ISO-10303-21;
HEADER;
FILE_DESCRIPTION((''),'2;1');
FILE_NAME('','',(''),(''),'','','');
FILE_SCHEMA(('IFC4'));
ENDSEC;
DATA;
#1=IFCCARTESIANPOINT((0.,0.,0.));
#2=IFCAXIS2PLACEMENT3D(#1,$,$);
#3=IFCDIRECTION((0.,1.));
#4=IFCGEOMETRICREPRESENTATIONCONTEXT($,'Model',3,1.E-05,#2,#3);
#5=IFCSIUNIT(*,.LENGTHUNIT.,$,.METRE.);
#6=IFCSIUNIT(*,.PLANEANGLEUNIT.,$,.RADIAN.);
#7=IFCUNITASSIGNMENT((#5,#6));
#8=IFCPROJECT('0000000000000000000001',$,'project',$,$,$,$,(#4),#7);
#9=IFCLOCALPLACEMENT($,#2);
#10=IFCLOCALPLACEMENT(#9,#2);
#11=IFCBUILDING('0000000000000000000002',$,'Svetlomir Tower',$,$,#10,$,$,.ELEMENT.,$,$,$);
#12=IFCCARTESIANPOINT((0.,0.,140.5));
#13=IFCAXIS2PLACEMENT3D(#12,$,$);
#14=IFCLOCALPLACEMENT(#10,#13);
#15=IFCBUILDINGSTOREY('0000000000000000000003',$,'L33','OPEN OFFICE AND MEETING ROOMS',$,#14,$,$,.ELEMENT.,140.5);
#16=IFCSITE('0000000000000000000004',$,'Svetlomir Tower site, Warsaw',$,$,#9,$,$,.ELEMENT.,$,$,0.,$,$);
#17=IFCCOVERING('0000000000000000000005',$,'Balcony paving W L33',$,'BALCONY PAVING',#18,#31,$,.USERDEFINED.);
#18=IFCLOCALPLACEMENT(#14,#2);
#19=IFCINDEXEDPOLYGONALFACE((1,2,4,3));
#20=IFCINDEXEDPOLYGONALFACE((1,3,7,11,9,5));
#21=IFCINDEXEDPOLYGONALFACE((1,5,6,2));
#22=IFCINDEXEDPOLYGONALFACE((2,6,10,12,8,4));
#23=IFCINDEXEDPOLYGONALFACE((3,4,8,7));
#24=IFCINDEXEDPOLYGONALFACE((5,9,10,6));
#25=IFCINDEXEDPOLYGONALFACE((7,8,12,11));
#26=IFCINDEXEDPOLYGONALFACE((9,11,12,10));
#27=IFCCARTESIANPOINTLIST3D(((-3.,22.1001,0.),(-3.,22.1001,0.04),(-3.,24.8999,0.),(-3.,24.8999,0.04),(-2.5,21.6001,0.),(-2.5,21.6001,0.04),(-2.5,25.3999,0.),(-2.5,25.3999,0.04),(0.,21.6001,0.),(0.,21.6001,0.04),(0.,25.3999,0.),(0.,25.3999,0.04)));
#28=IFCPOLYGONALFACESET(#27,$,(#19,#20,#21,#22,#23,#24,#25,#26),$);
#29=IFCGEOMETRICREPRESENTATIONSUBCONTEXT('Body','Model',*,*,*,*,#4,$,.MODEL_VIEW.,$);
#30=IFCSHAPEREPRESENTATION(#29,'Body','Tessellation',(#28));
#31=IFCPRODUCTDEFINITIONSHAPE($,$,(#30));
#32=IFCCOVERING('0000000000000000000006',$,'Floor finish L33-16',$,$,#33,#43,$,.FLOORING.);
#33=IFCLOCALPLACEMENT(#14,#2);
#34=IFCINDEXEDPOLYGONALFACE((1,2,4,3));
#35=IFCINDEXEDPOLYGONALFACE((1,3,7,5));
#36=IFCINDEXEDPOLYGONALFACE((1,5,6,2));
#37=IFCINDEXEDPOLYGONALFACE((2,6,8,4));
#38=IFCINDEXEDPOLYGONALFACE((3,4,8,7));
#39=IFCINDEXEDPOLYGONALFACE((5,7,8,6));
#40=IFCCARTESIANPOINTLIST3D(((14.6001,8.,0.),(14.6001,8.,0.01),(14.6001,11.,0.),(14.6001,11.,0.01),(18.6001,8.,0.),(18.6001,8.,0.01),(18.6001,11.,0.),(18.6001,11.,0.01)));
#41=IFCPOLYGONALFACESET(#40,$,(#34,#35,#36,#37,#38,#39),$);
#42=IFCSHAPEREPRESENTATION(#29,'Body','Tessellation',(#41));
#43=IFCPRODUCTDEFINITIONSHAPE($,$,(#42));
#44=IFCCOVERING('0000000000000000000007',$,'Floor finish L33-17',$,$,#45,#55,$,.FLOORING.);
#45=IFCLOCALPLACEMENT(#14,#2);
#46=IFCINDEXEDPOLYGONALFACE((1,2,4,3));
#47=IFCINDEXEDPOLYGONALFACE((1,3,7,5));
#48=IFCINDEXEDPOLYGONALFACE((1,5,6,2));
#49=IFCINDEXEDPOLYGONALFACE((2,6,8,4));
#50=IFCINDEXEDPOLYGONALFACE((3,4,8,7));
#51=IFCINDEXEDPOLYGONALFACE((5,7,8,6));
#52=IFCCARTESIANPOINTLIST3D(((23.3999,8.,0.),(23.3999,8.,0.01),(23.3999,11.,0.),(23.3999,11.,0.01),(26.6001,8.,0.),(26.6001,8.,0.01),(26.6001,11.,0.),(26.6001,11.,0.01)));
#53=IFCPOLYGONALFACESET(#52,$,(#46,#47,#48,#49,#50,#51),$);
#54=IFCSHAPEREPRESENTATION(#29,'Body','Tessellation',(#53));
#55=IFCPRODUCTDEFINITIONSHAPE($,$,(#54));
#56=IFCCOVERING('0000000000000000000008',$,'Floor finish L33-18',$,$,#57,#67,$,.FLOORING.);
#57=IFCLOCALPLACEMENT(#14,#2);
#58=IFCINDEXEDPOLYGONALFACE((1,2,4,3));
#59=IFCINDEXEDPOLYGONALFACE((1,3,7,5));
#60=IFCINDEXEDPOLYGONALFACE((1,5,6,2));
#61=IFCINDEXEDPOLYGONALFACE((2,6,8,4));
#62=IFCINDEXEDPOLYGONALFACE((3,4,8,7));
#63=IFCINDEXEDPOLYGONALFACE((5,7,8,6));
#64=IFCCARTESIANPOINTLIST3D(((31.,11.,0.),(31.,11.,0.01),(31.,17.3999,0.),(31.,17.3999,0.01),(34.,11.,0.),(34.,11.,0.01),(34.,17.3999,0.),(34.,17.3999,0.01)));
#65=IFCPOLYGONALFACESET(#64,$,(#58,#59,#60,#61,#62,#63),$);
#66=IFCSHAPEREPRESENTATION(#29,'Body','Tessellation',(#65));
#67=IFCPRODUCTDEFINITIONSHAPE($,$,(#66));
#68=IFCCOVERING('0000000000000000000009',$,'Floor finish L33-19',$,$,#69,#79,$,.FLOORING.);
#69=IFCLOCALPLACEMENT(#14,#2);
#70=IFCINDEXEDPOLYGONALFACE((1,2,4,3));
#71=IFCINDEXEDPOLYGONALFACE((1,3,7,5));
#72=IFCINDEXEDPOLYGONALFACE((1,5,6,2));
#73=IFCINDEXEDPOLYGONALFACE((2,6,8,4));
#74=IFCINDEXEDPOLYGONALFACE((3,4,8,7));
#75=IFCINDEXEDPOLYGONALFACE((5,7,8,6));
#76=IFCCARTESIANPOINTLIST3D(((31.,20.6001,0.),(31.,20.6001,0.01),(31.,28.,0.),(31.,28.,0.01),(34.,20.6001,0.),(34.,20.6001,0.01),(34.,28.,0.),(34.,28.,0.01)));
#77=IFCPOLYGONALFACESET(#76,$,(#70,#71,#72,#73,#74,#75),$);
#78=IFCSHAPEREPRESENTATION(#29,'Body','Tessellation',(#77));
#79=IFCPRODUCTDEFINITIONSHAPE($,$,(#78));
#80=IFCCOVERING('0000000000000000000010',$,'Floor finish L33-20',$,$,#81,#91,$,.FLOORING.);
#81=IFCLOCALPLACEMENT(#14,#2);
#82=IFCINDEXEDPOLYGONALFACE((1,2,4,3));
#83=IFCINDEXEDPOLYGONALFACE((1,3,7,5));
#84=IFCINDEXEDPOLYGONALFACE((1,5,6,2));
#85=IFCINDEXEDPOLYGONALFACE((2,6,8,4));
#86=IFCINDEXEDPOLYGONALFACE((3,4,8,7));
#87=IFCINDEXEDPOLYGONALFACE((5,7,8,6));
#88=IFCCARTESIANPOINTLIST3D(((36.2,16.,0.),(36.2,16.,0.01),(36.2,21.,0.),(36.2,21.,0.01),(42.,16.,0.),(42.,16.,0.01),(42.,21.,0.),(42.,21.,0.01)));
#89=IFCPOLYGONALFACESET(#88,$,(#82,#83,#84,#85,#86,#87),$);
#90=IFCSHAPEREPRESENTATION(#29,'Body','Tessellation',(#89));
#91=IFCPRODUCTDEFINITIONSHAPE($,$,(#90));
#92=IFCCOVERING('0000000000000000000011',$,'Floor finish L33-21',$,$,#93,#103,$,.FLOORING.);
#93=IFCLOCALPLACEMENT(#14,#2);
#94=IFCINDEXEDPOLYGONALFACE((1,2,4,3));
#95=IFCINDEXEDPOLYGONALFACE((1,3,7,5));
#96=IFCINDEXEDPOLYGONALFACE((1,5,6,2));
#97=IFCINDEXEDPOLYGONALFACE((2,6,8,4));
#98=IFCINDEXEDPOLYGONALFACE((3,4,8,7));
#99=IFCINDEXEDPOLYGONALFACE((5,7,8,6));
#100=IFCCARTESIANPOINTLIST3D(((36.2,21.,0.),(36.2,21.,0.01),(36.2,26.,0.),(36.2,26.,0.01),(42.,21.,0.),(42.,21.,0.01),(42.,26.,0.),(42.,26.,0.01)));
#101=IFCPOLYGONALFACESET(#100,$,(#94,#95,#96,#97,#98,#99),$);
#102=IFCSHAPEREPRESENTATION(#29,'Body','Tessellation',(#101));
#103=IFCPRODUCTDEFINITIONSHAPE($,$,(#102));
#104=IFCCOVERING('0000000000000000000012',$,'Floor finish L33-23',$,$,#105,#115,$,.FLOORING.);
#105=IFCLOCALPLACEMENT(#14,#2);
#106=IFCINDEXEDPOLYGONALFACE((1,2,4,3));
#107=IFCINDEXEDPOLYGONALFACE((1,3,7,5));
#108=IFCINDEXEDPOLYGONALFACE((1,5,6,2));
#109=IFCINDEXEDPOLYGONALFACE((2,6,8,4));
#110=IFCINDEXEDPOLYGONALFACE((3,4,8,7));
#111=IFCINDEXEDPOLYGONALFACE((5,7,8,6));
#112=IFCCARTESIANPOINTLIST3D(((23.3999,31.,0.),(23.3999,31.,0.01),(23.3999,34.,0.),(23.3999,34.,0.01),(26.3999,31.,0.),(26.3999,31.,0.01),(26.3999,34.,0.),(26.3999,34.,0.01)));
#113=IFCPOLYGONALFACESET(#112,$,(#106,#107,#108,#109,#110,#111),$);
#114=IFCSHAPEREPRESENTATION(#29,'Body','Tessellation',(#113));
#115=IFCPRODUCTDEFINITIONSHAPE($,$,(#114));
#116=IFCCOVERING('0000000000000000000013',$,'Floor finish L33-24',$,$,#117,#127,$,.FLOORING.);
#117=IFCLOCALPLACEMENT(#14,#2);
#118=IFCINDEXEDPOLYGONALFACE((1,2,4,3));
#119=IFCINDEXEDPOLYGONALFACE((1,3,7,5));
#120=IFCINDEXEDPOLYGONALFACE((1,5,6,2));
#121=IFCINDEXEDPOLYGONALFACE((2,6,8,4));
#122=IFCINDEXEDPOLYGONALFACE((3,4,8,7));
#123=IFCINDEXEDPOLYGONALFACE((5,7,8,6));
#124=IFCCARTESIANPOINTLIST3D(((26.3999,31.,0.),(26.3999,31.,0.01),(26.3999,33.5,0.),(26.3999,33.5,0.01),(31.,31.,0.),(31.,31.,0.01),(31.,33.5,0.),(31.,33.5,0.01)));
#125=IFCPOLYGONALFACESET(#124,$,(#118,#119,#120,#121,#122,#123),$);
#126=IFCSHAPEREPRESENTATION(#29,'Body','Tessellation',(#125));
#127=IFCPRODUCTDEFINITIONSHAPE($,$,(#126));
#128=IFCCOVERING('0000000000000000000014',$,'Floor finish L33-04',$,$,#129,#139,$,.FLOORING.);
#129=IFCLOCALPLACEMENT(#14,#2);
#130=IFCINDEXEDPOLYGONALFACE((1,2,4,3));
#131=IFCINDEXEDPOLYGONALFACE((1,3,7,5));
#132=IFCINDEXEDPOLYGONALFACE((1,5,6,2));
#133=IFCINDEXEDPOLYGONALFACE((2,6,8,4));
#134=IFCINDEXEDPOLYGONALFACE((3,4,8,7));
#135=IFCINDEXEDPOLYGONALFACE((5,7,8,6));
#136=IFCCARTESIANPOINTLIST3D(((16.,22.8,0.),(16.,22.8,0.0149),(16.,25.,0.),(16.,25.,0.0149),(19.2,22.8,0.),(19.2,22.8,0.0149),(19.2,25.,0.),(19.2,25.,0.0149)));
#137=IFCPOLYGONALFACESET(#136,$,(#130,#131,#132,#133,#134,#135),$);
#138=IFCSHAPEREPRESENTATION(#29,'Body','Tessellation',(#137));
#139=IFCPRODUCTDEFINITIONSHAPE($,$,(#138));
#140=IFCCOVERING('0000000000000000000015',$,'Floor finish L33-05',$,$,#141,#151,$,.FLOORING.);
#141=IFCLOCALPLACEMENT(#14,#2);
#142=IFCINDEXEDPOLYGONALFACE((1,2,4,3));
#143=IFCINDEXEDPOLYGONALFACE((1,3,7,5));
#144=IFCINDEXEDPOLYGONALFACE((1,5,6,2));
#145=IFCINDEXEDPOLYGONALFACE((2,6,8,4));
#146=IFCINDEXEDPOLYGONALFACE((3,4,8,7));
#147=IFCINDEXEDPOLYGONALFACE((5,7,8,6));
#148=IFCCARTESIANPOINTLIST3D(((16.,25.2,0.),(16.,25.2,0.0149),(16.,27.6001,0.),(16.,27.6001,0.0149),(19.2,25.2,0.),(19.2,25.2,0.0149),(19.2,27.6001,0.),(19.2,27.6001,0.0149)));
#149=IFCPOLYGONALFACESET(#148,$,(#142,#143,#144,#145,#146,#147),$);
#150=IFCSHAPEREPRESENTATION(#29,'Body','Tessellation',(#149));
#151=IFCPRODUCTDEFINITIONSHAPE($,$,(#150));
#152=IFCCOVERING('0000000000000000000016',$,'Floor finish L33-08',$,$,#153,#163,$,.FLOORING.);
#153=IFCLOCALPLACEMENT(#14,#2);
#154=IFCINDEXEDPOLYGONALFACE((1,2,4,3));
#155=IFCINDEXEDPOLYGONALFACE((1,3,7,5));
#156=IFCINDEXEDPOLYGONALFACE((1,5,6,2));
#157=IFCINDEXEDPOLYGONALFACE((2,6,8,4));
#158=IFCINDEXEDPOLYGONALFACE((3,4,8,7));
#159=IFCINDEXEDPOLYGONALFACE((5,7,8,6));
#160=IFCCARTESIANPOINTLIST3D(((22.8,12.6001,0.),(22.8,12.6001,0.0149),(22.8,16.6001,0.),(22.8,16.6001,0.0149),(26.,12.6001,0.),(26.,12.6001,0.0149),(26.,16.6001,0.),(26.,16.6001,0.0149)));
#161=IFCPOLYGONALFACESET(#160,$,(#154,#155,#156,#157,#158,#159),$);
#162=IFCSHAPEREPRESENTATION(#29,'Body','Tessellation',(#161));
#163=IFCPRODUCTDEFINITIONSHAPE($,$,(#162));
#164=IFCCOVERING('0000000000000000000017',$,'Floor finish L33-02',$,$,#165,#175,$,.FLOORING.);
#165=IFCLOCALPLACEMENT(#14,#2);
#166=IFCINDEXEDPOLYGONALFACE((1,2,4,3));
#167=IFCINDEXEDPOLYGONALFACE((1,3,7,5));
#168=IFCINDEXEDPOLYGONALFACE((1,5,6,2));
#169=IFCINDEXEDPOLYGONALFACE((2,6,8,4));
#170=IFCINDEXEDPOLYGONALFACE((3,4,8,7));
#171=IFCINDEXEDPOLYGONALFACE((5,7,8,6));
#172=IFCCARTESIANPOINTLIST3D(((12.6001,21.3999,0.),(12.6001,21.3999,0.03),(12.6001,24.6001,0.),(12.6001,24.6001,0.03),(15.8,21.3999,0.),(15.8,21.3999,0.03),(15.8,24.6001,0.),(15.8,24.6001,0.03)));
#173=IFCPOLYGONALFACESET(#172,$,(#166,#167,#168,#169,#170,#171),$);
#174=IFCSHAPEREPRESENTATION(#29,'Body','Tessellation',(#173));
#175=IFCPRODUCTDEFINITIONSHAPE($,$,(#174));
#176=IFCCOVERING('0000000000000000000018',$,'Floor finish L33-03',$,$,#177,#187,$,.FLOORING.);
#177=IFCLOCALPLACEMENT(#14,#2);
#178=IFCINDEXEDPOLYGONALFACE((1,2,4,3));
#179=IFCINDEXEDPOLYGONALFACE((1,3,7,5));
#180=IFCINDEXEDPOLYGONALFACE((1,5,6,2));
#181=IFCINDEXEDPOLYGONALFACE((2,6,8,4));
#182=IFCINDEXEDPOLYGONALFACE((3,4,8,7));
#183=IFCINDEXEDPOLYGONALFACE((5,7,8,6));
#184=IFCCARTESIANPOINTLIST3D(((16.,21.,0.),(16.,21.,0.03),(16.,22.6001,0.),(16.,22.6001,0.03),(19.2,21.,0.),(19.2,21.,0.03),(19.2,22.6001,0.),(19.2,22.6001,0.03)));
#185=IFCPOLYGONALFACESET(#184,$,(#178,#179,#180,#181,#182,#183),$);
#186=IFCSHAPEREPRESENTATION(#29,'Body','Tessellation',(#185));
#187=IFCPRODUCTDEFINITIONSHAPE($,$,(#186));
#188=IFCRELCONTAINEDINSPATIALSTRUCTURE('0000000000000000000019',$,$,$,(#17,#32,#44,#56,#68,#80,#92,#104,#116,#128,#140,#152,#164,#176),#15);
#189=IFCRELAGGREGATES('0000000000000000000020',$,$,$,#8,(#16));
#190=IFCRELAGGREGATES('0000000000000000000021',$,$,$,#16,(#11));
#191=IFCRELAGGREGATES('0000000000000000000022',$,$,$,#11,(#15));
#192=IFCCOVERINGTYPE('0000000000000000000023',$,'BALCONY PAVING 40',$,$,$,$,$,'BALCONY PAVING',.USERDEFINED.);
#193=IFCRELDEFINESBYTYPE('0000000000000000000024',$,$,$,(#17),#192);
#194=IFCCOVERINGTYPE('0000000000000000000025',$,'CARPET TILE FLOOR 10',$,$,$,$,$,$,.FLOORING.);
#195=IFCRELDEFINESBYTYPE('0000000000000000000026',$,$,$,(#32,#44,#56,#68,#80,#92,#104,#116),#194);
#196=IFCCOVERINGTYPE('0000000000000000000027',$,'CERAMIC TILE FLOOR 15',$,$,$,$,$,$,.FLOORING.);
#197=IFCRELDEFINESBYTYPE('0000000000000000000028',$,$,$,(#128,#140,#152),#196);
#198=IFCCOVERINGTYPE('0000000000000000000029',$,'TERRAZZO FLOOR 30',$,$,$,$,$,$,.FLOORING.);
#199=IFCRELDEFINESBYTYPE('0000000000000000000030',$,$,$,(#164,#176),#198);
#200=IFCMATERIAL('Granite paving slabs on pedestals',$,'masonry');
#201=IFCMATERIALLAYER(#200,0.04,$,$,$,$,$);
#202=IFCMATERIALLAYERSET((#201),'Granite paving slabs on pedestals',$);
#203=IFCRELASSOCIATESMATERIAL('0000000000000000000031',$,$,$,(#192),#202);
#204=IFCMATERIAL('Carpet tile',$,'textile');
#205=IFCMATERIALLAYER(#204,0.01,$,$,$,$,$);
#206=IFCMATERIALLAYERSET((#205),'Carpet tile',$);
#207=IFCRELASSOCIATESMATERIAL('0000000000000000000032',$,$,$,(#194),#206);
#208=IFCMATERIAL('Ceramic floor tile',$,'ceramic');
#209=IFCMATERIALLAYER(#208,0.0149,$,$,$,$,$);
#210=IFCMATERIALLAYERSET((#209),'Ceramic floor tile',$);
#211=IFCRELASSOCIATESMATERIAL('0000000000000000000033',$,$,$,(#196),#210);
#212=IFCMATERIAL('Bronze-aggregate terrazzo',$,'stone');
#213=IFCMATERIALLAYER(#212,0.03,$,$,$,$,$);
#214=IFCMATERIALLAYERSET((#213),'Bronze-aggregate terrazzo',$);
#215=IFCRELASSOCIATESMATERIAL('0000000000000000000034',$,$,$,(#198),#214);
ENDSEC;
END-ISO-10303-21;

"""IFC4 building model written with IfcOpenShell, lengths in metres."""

from ifc_helpers import new_model, si_unit, direction, frame, origin, place, context, subcontext, project, spatial, polyline, outline, extrude, material, layer, layer_set, type_object, element, save


model = new_model("IFC4")

# Units and contexts
model_context = context("Model", 3, precision=1e-05, world=origin(), true_north=direction((0.0, 1.0)))
body_context = subcontext(model_context, "Body", "Model", "MODEL_VIEW")
ifc_project = project(units=[si_unit("LENGTHUNIT", "METRE"), si_unit("PLANEANGLEUNIT", "RADIAN")], contexts=[model_context])

# Site, building, storey
site_placement = place(None, origin())
site = spatial("IfcSite", under=ifc_project, at=site_placement, Name="Svetlomir Tower site, Warsaw", CompositionType="ELEMENT", RefElevation=0.0)
building_placement = place(site_placement, origin())
building = spatial("IfcBuilding", under=site, at=building_placement, Name="Svetlomir Tower", CompositionType="ELEMENT")
storey_placement = place(building_placement, frame((0.0, 0.0, 140.5)))
storey = spatial("IfcBuildingStorey", under=building, at=storey_placement, Name="L33", Description="OPEN OFFICE AND MEETING ROOMS", CompositionType="ELEMENT", Elevation=140.5)

# Coverings
ifc_material_1 = material(Name="Granite paving slabs on pedestals", Category="masonry")
ifc_layer_1 = layer(ifc_material_1, 0.04)
ifc_layer_set_1 = layer_set([ifc_layer_1], Name="Granite paving slabs on pedestals")
covering_type_1 = type_object("IfcCoveringType", Name="BALCONY PAVING 40", ElementType="BALCONY PAVING", PredefinedType="USERDEFINED", material=ifc_layer_set_1)
covering_1_placement = place(storey_placement, origin())
element("IfcCovering", 1, at=covering_1_placement, inside=storey, type_object=covering_type_1, Name="Balcony paving W L33", ObjectType="BALCONY PAVING", PredefinedType="USERDEFINED", context=body_context, shape_type="SweptSolid", body=[
    extrude(outline(polyline([(-2.5, 21.6001), (0.0, 21.6001), (0.0, 25.3999), (-2.5, 25.3999), (-3.0, 24.8999), (-3.0, 22.1001), (-2.5, 21.6001)])), origin(), (0.0, 0.0, 1.0), 0.04),
])
ifc_material_2 = material(Name="Carpet tile", Category="textile")
ifc_layer_2 = layer(ifc_material_2, 0.01)
ifc_layer_set_2 = layer_set([ifc_layer_2], Name="Carpet tile")
covering_type_2 = type_object("IfcCoveringType", Name="CARPET TILE FLOOR 10", PredefinedType="FLOORING", material=ifc_layer_set_2)
covering_2_placement = place(storey_placement, origin())
element("IfcCovering", 2, at=covering_2_placement, inside=storey, type_object=covering_type_2, Name="Floor finish L33-16", PredefinedType="FLOORING", context=body_context, shape_type="SweptSolid", body=[
    extrude(outline(polyline([(14.6001, 8.0), (18.6001, 8.0), (18.6001, 11.0), (14.6001, 11.0), (14.6001, 8.0)])), origin(), (0.0, 0.0, 1.0), 0.01),
])
covering_3_placement = place(storey_placement, origin())
element("IfcCovering", 3, at=covering_3_placement, inside=storey, type_object=covering_type_2, Name="Floor finish L33-17", PredefinedType="FLOORING", context=body_context, shape_type="SweptSolid", body=[
    extrude(outline(polyline([(23.3999, 8.0), (26.6001, 8.0), (26.6001, 11.0), (23.3999, 11.0), (23.3999, 8.0)])), origin(), (0.0, 0.0, 1.0), 0.01),
])
covering_4_placement = place(storey_placement, origin())
element("IfcCovering", 4, at=covering_4_placement, inside=storey, type_object=covering_type_2, Name="Floor finish L33-18", PredefinedType="FLOORING", context=body_context, shape_type="SweptSolid", body=[
    extrude(outline(polyline([(31.0, 11.0), (34.0, 11.0), (34.0, 17.3999), (31.0, 17.3999), (31.0, 11.0)])), origin(), (0.0, 0.0, 1.0), 0.01),
])
covering_5_placement = place(storey_placement, origin())
element("IfcCovering", 5, at=covering_5_placement, inside=storey, type_object=covering_type_2, Name="Floor finish L33-19", PredefinedType="FLOORING", context=body_context, shape_type="SweptSolid", body=[
    extrude(outline(polyline([(31.0, 20.6001), (34.0, 20.6001), (34.0, 28.0), (31.0, 28.0), (31.0, 20.6001)])), origin(), (0.0, 0.0, 1.0), 0.01),
])
covering_6_placement = place(storey_placement, origin())
element("IfcCovering", 6, at=covering_6_placement, inside=storey, type_object=covering_type_2, Name="Floor finish L33-20", PredefinedType="FLOORING", context=body_context, shape_type="SweptSolid", body=[
    extrude(outline(polyline([(36.2, 16.0), (42.0, 16.0), (42.0, 21.0), (36.2, 21.0), (36.2, 16.0)])), origin(), (0.0, 0.0, 1.0), 0.01),
])
covering_7_placement = place(storey_placement, origin())
element("IfcCovering", 7, at=covering_7_placement, inside=storey, type_object=covering_type_2, Name="Floor finish L33-21", PredefinedType="FLOORING", context=body_context, shape_type="SweptSolid", body=[
    extrude(outline(polyline([(36.2, 21.0), (42.0, 21.0), (42.0, 26.0), (36.2, 26.0), (36.2, 21.0)])), origin(), (0.0, 0.0, 1.0), 0.01),
])
covering_8_placement = place(storey_placement, origin())
element("IfcCovering", 8, at=covering_8_placement, inside=storey, type_object=covering_type_2, Name="Floor finish L33-23", PredefinedType="FLOORING", context=body_context, shape_type="SweptSolid", body=[
    extrude(outline(polyline([(23.3999, 31.0), (26.3999, 31.0), (26.3999, 34.0), (23.3999, 34.0), (23.3999, 31.0)])), origin(), (0.0, 0.0, 1.0), 0.01),
])
covering_9_placement = place(storey_placement, origin())
element("IfcCovering", 9, at=covering_9_placement, inside=storey, type_object=covering_type_2, Name="Floor finish L33-24", PredefinedType="FLOORING", context=body_context, shape_type="SweptSolid", body=[
    extrude(outline(polyline([(26.3999, 31.0), (31.0, 31.0), (31.0, 33.5), (26.3999, 33.5), (26.3999, 31.0)])), origin(), (0.0, 0.0, 1.0), 0.01),
])
ifc_material_3 = material(Name="Ceramic floor tile", Category="ceramic")
ifc_layer_3 = layer(ifc_material_3, 0.0149)
ifc_layer_set_3 = layer_set([ifc_layer_3], Name="Ceramic floor tile")
covering_type_3 = type_object("IfcCoveringType", Name="CERAMIC TILE FLOOR 15", PredefinedType="FLOORING", material=ifc_layer_set_3)
covering_10_placement = place(storey_placement, origin())
element("IfcCovering", 10, at=covering_10_placement, inside=storey, type_object=covering_type_3, Name="Floor finish L33-04", PredefinedType="FLOORING", context=body_context, shape_type="SweptSolid", body=[
    extrude(outline(polyline([(16.0, 22.8), (19.2, 22.8), (19.2, 25.0), (16.0, 25.0), (16.0, 22.8)])), origin(), (0.0, 0.0, 1.0), 0.0149),
])
covering_11_placement = place(storey_placement, origin())
element("IfcCovering", 11, at=covering_11_placement, inside=storey, type_object=covering_type_3, Name="Floor finish L33-05", PredefinedType="FLOORING", context=body_context, shape_type="SweptSolid", body=[
    extrude(outline(polyline([(16.0, 25.2), (19.2, 25.2), (19.2, 27.6001), (16.0, 27.6001), (16.0, 25.2)])), origin(), (0.0, 0.0, 1.0), 0.0149),
])
covering_12_placement = place(storey_placement, origin())
element("IfcCovering", 12, at=covering_12_placement, inside=storey, type_object=covering_type_3, Name="Floor finish L33-08", PredefinedType="FLOORING", context=body_context, shape_type="SweptSolid", body=[
    extrude(outline(polyline([(22.8, 12.6001), (26.0, 12.6001), (26.0, 16.6001), (22.8, 16.6001), (22.8, 12.6001)])), origin(), (0.0, 0.0, 1.0), 0.0149),
])
ifc_material_4 = material(Name="Bronze-aggregate terrazzo", Category="stone")
ifc_layer_4 = layer(ifc_material_4, 0.03)
ifc_layer_set_4 = layer_set([ifc_layer_4], Name="Bronze-aggregate terrazzo")
covering_type_4 = type_object("IfcCoveringType", Name="TERRAZZO FLOOR 30", PredefinedType="FLOORING", material=ifc_layer_set_4)
covering_13_placement = place(storey_placement, origin())
element("IfcCovering", 13, at=covering_13_placement, inside=storey, type_object=covering_type_4, Name="Floor finish L33-02", PredefinedType="FLOORING", context=body_context, shape_type="SweptSolid", body=[
    extrude(outline(polyline([(12.6001, 21.3999), (15.8, 21.3999), (15.8, 24.6001), (12.6001, 24.6001), (12.6001, 21.3999)])), origin(), (0.0, 0.0, 1.0), 0.03),
])
covering_14_placement = place(storey_placement, origin())
element("IfcCovering", 14, at=covering_14_placement, inside=storey, type_object=covering_type_4, Name="Floor finish L33-03", PredefinedType="FLOORING", context=body_context, shape_type="SweptSolid", body=[
    extrude(outline(polyline([(16.0, 21.0), (19.2, 21.0), (19.2, 22.6001), (16.0, 22.6001), (16.0, 21.0)])), origin(), (0.0, 0.0, 1.0), 0.03),
])

save(model, "model.ifc")
